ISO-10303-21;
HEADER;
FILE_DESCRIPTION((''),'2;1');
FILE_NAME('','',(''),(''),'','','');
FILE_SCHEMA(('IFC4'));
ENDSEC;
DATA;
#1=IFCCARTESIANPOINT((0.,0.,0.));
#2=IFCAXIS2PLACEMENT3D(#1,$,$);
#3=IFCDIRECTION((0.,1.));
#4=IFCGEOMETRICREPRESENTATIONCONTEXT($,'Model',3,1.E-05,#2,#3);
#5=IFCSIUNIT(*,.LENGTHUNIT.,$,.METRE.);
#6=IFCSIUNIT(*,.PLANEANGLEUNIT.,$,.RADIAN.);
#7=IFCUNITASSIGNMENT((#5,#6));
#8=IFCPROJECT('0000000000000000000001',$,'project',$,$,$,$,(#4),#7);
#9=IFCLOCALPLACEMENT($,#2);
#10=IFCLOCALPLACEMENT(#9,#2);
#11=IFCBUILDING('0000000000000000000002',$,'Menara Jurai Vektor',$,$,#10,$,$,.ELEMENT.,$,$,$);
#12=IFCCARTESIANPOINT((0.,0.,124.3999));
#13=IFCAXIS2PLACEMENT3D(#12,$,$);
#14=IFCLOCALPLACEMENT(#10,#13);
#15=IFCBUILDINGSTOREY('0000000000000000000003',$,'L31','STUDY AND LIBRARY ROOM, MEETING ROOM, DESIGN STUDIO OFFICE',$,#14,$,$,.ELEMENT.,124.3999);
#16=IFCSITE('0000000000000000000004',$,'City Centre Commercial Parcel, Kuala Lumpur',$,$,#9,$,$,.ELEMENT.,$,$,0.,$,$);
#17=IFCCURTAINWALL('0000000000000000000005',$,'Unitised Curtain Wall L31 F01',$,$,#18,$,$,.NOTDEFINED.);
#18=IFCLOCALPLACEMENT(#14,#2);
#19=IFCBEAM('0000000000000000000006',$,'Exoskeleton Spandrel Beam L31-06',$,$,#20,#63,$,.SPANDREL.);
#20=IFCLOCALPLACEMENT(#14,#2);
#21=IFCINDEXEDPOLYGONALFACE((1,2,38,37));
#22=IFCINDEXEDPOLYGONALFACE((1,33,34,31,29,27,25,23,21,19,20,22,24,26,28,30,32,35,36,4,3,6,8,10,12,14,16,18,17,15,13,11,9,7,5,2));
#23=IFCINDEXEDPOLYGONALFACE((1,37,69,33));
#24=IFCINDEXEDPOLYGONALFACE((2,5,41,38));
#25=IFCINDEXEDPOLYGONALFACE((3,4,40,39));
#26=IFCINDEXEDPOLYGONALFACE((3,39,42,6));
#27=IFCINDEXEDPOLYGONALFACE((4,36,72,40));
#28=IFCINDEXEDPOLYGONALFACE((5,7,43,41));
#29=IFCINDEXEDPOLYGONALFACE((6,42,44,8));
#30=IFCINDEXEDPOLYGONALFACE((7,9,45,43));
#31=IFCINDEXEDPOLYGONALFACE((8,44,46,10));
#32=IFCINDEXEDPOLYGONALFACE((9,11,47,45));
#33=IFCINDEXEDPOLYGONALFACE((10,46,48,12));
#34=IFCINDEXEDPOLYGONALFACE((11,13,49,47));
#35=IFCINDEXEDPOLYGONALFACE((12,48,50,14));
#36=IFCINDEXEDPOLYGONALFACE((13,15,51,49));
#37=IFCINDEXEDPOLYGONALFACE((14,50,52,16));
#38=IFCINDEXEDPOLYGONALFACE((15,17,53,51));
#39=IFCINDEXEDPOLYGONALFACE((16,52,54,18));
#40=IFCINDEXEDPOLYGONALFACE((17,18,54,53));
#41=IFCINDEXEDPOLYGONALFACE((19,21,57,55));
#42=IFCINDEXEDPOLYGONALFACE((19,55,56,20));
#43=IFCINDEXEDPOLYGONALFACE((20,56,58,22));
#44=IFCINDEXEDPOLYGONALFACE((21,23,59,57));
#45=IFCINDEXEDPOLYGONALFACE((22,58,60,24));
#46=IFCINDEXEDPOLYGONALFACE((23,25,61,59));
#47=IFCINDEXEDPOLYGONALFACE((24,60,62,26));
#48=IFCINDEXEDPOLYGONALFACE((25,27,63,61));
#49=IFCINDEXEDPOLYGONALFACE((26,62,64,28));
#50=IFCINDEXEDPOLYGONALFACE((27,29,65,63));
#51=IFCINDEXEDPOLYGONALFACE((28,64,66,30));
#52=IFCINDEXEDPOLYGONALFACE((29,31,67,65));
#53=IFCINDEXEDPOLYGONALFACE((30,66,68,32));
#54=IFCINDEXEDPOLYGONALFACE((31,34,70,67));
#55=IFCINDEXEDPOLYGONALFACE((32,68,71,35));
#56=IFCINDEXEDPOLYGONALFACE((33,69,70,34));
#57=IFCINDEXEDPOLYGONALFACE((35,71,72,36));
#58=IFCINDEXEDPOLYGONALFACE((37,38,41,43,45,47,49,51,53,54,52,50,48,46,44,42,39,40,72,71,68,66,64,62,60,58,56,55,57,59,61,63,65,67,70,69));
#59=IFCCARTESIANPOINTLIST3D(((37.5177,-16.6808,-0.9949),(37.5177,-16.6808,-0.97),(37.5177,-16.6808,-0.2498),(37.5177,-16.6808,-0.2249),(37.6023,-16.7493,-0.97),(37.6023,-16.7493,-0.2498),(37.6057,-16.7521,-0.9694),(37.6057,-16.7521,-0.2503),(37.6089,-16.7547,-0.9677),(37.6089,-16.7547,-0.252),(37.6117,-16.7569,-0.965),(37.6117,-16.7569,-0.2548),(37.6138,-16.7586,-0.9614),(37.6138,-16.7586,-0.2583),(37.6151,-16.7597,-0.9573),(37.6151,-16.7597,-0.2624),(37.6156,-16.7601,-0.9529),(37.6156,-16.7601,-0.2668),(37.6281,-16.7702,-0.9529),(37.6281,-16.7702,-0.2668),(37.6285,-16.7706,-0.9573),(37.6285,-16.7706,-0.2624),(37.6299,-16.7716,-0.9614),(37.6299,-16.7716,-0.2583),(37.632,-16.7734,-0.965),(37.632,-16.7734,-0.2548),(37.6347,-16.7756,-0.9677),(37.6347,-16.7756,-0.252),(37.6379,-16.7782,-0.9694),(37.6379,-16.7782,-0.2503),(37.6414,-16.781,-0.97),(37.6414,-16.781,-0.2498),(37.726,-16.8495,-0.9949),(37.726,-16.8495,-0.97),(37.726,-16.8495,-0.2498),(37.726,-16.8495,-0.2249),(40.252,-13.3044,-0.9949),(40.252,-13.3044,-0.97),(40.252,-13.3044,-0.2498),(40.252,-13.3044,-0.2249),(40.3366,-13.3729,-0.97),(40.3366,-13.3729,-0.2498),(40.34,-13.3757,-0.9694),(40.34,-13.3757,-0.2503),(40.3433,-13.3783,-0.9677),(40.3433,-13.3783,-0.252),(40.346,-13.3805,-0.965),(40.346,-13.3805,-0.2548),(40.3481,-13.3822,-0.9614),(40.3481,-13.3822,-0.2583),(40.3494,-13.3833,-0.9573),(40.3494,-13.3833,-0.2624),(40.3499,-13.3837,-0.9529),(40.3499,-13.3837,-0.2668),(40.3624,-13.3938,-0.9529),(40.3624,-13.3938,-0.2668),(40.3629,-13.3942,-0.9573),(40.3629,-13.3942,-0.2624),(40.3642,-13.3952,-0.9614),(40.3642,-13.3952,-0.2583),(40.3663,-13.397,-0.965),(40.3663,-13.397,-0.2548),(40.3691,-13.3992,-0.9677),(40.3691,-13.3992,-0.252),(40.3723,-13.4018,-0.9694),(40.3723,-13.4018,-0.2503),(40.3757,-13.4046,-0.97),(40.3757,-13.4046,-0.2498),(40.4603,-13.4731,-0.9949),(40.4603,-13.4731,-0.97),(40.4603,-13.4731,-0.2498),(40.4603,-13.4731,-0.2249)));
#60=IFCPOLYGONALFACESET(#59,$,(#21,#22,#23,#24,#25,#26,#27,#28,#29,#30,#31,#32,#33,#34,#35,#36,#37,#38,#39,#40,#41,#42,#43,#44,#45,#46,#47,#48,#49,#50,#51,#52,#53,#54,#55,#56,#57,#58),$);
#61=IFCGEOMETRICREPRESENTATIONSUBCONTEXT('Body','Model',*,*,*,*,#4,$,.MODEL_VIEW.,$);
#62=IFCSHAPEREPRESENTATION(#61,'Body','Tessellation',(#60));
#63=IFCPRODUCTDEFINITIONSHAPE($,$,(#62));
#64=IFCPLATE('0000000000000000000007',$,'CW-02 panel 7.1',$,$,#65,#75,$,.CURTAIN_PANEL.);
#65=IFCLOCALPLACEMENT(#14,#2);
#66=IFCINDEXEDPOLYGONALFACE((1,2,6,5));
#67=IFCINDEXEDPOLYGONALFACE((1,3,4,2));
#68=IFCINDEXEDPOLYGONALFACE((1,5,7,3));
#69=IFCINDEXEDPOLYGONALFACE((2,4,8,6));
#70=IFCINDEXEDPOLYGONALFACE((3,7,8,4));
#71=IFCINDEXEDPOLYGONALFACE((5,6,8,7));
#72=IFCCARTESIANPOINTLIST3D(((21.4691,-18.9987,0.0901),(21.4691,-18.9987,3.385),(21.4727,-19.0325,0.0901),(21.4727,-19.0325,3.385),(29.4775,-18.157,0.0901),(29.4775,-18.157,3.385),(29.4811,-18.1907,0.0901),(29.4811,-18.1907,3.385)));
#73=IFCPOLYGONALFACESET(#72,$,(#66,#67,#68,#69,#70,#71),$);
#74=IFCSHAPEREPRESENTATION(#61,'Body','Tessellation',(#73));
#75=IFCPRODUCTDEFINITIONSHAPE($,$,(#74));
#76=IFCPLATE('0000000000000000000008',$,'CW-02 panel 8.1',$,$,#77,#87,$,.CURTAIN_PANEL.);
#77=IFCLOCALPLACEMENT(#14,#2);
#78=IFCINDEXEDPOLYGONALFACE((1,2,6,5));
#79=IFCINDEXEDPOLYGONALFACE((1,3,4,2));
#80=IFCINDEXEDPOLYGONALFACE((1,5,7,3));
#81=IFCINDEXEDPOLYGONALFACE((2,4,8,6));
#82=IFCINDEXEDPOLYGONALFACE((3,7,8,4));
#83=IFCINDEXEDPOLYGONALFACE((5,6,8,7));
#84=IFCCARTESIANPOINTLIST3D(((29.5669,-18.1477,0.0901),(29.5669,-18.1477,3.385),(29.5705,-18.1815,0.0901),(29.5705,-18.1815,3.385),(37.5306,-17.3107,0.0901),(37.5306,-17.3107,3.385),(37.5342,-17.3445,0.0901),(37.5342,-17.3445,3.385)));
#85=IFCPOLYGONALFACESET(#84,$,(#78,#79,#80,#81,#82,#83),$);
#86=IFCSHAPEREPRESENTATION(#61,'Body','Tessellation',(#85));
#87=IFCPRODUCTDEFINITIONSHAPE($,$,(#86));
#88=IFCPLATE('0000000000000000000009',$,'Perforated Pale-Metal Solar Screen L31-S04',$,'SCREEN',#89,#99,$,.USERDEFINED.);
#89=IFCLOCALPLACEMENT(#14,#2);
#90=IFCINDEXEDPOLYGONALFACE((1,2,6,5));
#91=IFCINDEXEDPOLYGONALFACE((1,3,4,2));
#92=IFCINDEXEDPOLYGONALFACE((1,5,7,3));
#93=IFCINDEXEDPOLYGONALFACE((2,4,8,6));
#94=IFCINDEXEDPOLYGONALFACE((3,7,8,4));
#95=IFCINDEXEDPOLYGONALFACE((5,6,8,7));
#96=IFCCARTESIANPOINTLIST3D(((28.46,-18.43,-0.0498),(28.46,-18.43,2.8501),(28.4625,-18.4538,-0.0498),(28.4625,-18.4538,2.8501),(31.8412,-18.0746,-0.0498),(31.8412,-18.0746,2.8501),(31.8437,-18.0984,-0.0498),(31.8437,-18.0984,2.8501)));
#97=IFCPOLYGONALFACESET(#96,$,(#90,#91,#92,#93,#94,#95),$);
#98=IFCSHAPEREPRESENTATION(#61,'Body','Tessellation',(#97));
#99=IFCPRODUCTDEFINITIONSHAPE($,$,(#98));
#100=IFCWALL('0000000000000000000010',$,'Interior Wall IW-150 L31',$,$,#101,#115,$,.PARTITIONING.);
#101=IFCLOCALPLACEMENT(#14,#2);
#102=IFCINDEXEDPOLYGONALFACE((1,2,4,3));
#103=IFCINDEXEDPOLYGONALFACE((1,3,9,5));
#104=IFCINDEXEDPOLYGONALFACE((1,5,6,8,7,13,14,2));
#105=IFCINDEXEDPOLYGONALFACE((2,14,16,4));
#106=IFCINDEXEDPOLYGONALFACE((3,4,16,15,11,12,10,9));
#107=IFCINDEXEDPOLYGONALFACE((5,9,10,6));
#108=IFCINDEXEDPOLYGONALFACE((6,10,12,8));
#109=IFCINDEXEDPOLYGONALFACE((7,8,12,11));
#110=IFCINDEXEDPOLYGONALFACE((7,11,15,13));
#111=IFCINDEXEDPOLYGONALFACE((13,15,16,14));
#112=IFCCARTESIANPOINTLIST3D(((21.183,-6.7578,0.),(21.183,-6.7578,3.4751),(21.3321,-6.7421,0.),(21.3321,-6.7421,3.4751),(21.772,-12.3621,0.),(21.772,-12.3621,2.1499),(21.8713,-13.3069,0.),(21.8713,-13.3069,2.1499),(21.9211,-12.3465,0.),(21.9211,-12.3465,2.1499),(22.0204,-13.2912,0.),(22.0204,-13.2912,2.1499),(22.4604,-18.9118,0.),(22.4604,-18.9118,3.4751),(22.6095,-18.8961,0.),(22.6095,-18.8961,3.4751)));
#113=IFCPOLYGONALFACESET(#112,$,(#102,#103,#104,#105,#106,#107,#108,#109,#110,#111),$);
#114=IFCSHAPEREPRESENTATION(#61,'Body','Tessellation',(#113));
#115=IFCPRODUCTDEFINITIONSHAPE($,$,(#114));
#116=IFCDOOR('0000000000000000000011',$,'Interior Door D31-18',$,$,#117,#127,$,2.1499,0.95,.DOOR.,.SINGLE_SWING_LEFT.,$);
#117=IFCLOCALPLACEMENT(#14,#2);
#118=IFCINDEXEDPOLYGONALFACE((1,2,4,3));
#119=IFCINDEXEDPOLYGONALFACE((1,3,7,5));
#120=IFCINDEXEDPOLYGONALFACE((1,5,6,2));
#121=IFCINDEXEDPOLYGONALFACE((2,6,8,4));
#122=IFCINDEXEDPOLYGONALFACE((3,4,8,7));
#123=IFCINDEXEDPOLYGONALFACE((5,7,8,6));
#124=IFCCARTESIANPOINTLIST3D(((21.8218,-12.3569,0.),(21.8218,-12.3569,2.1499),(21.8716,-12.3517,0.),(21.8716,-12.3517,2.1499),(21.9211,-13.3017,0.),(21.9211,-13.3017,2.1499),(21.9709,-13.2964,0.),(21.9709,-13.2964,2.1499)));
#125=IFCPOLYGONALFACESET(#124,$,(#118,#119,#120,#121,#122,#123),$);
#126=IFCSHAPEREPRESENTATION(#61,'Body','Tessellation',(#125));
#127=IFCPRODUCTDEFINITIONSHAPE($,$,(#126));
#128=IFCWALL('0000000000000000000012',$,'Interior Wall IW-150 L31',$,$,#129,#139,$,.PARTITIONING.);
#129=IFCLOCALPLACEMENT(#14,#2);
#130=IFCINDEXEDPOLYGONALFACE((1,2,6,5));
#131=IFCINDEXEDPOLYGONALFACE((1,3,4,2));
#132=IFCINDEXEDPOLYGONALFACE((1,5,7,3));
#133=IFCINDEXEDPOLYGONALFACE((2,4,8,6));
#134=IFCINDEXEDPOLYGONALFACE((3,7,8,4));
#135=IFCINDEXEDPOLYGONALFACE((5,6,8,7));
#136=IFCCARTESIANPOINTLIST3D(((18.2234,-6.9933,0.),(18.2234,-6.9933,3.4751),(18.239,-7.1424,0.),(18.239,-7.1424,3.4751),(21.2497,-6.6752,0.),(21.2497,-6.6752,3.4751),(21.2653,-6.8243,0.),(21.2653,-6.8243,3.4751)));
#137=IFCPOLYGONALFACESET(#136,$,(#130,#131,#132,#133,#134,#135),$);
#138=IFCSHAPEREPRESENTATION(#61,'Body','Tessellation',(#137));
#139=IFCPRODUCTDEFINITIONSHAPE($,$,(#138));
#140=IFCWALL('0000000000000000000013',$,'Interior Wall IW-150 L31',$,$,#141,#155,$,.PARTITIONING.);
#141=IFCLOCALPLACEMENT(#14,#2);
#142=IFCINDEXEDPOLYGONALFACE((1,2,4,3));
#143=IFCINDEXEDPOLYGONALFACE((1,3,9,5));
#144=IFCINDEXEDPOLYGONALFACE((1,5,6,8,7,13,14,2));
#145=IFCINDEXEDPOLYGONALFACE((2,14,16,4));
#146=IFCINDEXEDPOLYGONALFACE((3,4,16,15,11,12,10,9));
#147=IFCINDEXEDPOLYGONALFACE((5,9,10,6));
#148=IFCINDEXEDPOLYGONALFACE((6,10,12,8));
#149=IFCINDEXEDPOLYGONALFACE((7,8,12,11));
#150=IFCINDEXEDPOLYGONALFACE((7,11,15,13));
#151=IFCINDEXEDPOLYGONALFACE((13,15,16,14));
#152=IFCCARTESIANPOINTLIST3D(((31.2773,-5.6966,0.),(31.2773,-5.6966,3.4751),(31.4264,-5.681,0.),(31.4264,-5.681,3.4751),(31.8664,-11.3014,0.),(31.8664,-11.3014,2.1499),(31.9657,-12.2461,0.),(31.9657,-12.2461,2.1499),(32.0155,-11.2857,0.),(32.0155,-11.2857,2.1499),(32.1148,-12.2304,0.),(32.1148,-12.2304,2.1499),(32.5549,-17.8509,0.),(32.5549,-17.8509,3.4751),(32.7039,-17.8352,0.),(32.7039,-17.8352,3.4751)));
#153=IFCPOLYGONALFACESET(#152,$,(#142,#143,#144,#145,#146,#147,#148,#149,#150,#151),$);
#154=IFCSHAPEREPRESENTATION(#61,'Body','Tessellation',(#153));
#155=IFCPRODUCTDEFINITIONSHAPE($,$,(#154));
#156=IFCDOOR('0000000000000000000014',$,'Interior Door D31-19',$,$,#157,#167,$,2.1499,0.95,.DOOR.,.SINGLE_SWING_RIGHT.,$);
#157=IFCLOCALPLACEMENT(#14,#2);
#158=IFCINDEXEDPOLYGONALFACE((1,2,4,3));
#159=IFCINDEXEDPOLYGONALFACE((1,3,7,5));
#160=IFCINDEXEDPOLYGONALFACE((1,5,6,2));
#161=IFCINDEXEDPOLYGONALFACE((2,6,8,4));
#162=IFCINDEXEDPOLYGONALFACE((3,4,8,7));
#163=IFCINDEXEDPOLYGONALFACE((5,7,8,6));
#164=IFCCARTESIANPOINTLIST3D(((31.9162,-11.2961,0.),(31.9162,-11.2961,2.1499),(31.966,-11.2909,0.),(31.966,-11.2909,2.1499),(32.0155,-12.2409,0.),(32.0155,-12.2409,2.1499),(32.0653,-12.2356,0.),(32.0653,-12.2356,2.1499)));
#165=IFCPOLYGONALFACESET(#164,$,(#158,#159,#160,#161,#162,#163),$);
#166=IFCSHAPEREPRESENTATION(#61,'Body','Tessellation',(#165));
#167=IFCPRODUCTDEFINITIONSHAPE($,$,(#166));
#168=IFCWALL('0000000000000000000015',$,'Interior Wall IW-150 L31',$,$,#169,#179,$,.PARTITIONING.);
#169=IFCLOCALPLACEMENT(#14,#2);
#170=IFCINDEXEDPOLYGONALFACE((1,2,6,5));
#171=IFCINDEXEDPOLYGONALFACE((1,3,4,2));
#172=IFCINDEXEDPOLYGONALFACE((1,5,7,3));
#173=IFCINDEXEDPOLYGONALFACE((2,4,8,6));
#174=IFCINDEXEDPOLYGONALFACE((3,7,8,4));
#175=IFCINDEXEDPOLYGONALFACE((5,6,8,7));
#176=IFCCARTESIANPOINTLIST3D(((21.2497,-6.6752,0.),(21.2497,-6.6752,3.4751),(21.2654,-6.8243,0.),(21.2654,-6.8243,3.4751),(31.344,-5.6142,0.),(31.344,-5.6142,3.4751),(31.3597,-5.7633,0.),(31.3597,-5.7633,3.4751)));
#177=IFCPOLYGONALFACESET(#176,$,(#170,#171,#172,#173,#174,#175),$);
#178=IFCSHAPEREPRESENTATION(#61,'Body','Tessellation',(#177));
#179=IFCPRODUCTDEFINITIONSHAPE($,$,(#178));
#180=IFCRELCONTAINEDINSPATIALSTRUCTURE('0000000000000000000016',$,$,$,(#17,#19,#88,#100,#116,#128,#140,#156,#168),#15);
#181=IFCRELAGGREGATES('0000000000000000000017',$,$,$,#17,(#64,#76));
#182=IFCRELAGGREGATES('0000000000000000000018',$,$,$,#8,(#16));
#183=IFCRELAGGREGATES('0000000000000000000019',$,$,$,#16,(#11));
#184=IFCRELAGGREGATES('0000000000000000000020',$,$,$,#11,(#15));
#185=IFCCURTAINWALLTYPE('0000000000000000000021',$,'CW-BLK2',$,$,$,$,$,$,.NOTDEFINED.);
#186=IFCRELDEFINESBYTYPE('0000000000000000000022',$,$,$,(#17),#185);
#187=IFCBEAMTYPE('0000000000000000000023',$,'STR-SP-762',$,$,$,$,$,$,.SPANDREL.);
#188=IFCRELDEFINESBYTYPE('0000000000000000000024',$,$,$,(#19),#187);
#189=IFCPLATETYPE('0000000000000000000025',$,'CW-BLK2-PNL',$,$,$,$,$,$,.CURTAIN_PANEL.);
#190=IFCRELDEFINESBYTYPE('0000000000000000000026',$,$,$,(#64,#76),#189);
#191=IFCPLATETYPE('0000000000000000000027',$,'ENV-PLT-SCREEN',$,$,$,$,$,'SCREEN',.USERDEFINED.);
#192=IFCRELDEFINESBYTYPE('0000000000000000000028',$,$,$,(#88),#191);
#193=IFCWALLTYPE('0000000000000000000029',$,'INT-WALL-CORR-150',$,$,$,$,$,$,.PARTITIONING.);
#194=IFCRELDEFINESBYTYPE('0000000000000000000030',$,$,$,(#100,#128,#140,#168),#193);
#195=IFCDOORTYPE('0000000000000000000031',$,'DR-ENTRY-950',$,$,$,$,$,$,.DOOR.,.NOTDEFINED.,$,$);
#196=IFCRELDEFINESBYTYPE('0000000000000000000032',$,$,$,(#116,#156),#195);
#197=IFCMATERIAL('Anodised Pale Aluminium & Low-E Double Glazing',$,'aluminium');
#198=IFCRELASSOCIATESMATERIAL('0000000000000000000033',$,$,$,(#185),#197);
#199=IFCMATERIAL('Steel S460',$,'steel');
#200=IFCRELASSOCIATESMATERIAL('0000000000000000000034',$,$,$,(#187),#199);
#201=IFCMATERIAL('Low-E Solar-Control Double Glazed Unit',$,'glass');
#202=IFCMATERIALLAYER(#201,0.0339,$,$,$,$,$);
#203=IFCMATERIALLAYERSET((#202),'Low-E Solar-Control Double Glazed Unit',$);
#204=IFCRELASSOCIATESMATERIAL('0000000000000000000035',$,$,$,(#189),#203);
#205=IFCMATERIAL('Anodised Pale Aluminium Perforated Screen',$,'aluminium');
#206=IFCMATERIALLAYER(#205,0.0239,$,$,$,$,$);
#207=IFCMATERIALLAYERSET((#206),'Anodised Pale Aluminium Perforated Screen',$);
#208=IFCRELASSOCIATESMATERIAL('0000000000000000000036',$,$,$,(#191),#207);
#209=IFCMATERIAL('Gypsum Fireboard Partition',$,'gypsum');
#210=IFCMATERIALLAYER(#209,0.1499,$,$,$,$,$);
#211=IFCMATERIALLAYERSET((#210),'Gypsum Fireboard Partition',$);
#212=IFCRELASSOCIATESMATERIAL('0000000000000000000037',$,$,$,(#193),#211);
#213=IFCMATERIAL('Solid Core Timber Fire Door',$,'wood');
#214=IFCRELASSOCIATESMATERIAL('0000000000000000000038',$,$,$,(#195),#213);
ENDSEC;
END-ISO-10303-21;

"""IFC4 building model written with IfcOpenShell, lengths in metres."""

from ifc_helpers import new_model, si_unit, direction, frame, frame_2d, origin, origin_2d, place, context, subcontext, project, spatial, rectangle, i_section, extrude, material, layer, layer_set, material_profile, profile_set, type_object, element, fill, aggregate, save


model = new_model("IFC4")

# Units and contexts
model_context = context("Model", 3, precision=1e-05, world=origin(), true_north=direction((0.0, 1.0)))
body_context = subcontext(model_context, "Body", "Model", "MODEL_VIEW")
ifc_project = project(units=[si_unit("LENGTHUNIT", "METRE"), si_unit("PLANEANGLEUNIT", "RADIAN")], contexts=[model_context])

# Site, building, storey
site_placement = place(None, origin())
site = spatial("IfcSite", under=ifc_project, at=site_placement, Name="City Centre Commercial Parcel, Kuala Lumpur", CompositionType="ELEMENT", RefElevation=0.0)
building_placement = place(site_placement, origin())
building = spatial("IfcBuilding", under=site, at=building_placement, Name="Menara Jurai Vektor", CompositionType="ELEMENT")
storey_placement = place(building_placement, frame((0.0, 0.0, 124.3999)))
storey = spatial("IfcBuildingStorey", under=building, at=storey_placement, Name="L31", Description="STUDY AND LIBRARY ROOM, MEETING ROOM, DESIGN STUDIO OFFICE", CompositionType="ELEMENT", Elevation=124.3999)

# Shared definitions
ifc_material_1 = material(Name="Steel S460", Category="steel")

# Curtain wall
ifc_material_2 = material(Name="Anodised Pale Aluminium & Low-E Double Glazing", Category="aluminium")
curtain_wall_type = type_object("IfcCurtainWallType", Name="CW-BLK2", PredefinedType="NOTDEFINED", material=ifc_material_2)
curtain_wall_placement = place(storey_placement, origin())
curtain_wall = element("IfcCurtainWall", 1, at=curtain_wall_placement, inside=storey, type_object=curtain_wall_type, Name="Unitised Curtain Wall L31 F01", PredefinedType="NOTDEFINED")

# Beam
ifc_material_profile_1 = material_profile(ifc_material_1, i_section(OverallWidth=0.2681, OverallDepth=0.77, WebThickness=0.0161, FlangeThickness=0.0249, FilletRadius=0.0171, at=origin_2d()), Name="UKB 762x267x197")
ifc_profile_set_1 = profile_set([ifc_material_profile_1], Name="Steel S460")
beam_type_1 = type_object("IfcBeamType", Name="STR-SP-762", PredefinedType="SPANDREL", material=ifc_profile_set_1)
beam_1_placement = place(storey_placement, frame((37.6218, -16.7651, -0.6099), z_axis=(0.629344, 0.777127, 0.0), x_axis=(-0.777127, 0.629344, 0.0)))
element("IfcBeam", 2, at=beam_1_placement, inside=storey, type_object=beam_type_1, Name="Exoskeleton Spandrel Beam L31-06", PredefinedType="SPANDREL", context=body_context, shape_type="SweptSolid", body=[
    extrude(i_section(OverallWidth=0.2681, OverallDepth=0.77, WebThickness=0.0161, FlangeThickness=0.0249, FilletRadius=0.0171, at=origin_2d()), origin(), (0.0, 0.0, 1.0), 4.3447),
])

# Plates
ifc_material_3 = material(Name="Low-E Solar-Control Double Glazed Unit", Category="glass")
ifc_layer_1 = layer(ifc_material_3, 0.0339)
ifc_layer_set_1 = layer_set([ifc_layer_1], Name="Low-E Solar-Control Double Glazed Unit")
plate_type_1 = type_object("IfcPlateType", Name="CW-BLK2-PNL", PredefinedType="CURTAIN_PANEL", material=ifc_layer_set_1)
plate_1_placement = place(storey_placement, frame((25.4751, -18.5947, 0.0901), z_axis=(0.0, 0.0, 1.0), x_axis=(0.994522, 0.104529, 0.0)))
plate_1 = element("IfcPlate", 3, at=plate_1_placement, type_object=plate_type_1, Name="CW-02 panel 7.1", PredefinedType="CURTAIN_PANEL", context=body_context, shape_type="SweptSolid", body=[
    extrude(rectangle(XDim=8.0525, YDim=0.0339, at=origin_2d()), origin(), (0.0, 0.0, 1.0), 3.2949),
])
plate_2_placement = place(storey_placement, frame((33.5505, -17.7461, 0.0901), z_axis=(0.0, 0.0, 1.0), x_axis=(0.994522, 0.104529, 0.0)))
plate_2 = element("IfcPlate", 4, at=plate_2_placement, type_object=plate_type_1, Name="CW-02 panel 8.1", PredefinedType="CURTAIN_PANEL", context=body_context, shape_type="SweptSolid", body=[
    extrude(rectangle(XDim=8.0076, YDim=0.0339, at=origin_2d()), origin(), (0.0, 0.0, 1.0), 3.2949),
])
aggregate(curtain_wall, [plate_1, plate_2])
ifc_material_4 = material(Name="Anodised Pale Aluminium Perforated Screen", Category="aluminium")
ifc_layer_2 = layer(ifc_material_4, 0.0239)
ifc_layer_set_2 = layer_set([ifc_layer_2], Name="Anodised Pale Aluminium Perforated Screen")
plate_type_2 = type_object("IfcPlateType", Name="ENV-PLT-SCREEN", ElementType="SCREEN", PredefinedType="USERDEFINED", material=ifc_layer_set_2)
plate_3_placement = place(storey_placement, frame((30.1519, -18.2642, -0.0498), z_axis=(0.0, 0.0, 1.0), x_axis=(0.994522, 0.104528, 0.0)))
element("IfcPlate", 5, at=plate_3_placement, inside=storey, type_object=plate_type_2, Name="Perforated Pale-Metal Solar Screen L31-S04", ObjectType="SCREEN", PredefinedType="USERDEFINED", context=body_context, shape_type="SweptSolid", body=[
    extrude(rectangle(XDim=3.3999, YDim=0.0239, at=origin_2d()), origin(), (0.0, 0.0, 1.0), 2.8999),
])

# Wall, opening, door
ifc_material_5 = material(Name="Gypsum Fireboard Partition", Category="gypsum")
ifc_layer_3 = layer(ifc_material_5, 0.1499)
ifc_layer_set_3 = layer_set([ifc_layer_3], Name="Gypsum Fireboard Partition")
wall_type = type_object("IfcWallType", Name="INT-WALL-CORR-150", PredefinedType="PARTITIONING", material=ifc_layer_set_3)
wall_1_placement = place(storey_placement, frame((22.5349, -18.9038, 0.0), z_axis=(0.0, 0.0, 1.0), x_axis=(-0.10452, 0.994523, 0.0)))
wall_1 = element("IfcWall", 6, at=wall_1_placement, inside=storey, type_object=wall_type, Name="Interior Wall IW-150 L31", PredefinedType="PARTITIONING", context=body_context, shape_type="SweptSolid", body=[
    extrude(rectangle(XDim=12.2209, YDim=0.1499, at=frame_2d((6.1104, 0.0))), origin(), (0.0, 0.0, 1.0), 3.4751),
])
opening_1_placement = place(wall_1_placement, frame((5.6355, 0.0, 0.0)))
opening_1 = element("IfcOpeningElement", 7, at=opening_1_placement, cuts=wall_1, PredefinedType="OPENING", context=body_context, shape_type="SweptSolid", body=[
    extrude(rectangle(XDim=0.95, YDim=2.1499, at=frame_2d((0.4751, 1.075))), frame((0.0, 0.085, 0.0), z_axis=(0.0, -1.0, 0.0), x_axis=(1.0, 0.0, 0.0)), (0.0, 0.0, 1.0), 0.1699),
])
ifc_material_6 = material(Name="Solid Core Timber Fire Door", Category="wood")
door_type = type_object("IfcDoorType", Name="DR-ENTRY-950", OperationType="NOTDEFINED", PredefinedType="DOOR", material=ifc_material_6)
door_1_placement = place(opening_1_placement, origin())
door_1 = element("IfcDoor", 8, at=door_1_placement, inside=storey, type_object=door_type, Name="Interior Door D31-18", OperationType="SINGLE_SWING_LEFT", OverallHeight=2.1499, OverallWidth=0.95, PredefinedType="DOOR", context=body_context, shape_type="SweptSolid", body=[
    extrude(rectangle(XDim=0.95, YDim=2.1499, at=frame_2d((0.4751, 1.075))), frame((0.0, 0.0249, 0.0), z_axis=(0.0, -1.0, 0.0), x_axis=(1.0, 0.0, 0.0)), (0.0, 0.0, 1.0), 0.05),
])
fill(opening_1, door_1)

# Wall
wall_2_placement = place(storey_placement, frame((18.2312, -7.0679, 0.0), z_axis=(0.0, 0.0, 1.0), x_axis=(0.994521, 0.104539, 0.0)))
element("IfcWall", 9, at=wall_2_placement, inside=storey, type_object=wall_type, Name="Interior Wall IW-150 L31", PredefinedType="PARTITIONING", context=body_context, shape_type="SweptSolid", body=[
    extrude(rectangle(XDim=3.043, YDim=0.1499, at=frame_2d((1.5215, 0.0))), origin(), (0.0, 0.0, 1.0), 3.4751),
])

# Wall, opening, door
wall_3_placement = place(storey_placement, frame((32.6294, -17.843, 0.0), z_axis=(0.0, 0.0, 1.0), x_axis=(-0.104538, 0.994521, 0.0)))
wall_3 = element("IfcWall", 10, at=wall_3_placement, inside=storey, type_object=wall_type, Name="Interior Wall IW-150 L31", PredefinedType="PARTITIONING", context=body_context, shape_type="SweptSolid", body=[
    extrude(rectangle(XDim=12.2212, YDim=0.1499, at=frame_2d((6.1106, 0.0))), origin(), (0.0, 0.0, 1.0), 3.4751),
])
opening_2_placement = place(wall_3_placement, frame((5.6355, 0.0, 0.0)))
opening_2 = element("IfcOpeningElement", 11, at=opening_2_placement, cuts=wall_3, PredefinedType="OPENING", context=body_context, shape_type="SweptSolid", body=[
    extrude(rectangle(XDim=0.95, YDim=2.1499, at=frame_2d((0.4751, 1.075))), frame((0.0, 0.085, 0.0), z_axis=(0.0, -1.0, 0.0), x_axis=(1.0, 0.0, 0.0)), (0.0, 0.0, 1.0), 0.1699),
])
door_2_placement = place(opening_2_placement, origin())
door_2 = element("IfcDoor", 12, at=door_2_placement, inside=storey, type_object=door_type, Name="Interior Door D31-19", OperationType="SINGLE_SWING_RIGHT", OverallHeight=2.1499, OverallWidth=0.95, PredefinedType="DOOR", context=body_context, shape_type="SweptSolid", body=[
    extrude(rectangle(XDim=0.95, YDim=2.1499, at=frame_2d((0.4751, 1.075))), frame((0.0, 0.0249, 0.0), z_axis=(0.0, -1.0, 0.0), x_axis=(1.0, 0.0, 0.0)), (0.0, 0.0, 1.0), 0.05),
])
fill(opening_2, door_2)

# Wall
wall_4_placement = place(storey_placement, frame((21.2576, -6.7498, 0.0), z_axis=(0.0, 0.0, 1.0), x_axis=(0.994521, 0.104537, 0.0)))
element("IfcWall", 13, at=wall_4_placement, inside=storey, type_object=wall_type, Name="Interior Wall IW-150 L31", PredefinedType="PARTITIONING", context=body_context, shape_type="SweptSolid", body=[
    extrude(rectangle(XDim=10.1499, YDim=0.1499, at=frame_2d((5.075, 0.0))), origin(), (0.0, 0.0, 1.0), 3.4751),
])

save(model, "model.ifc")
